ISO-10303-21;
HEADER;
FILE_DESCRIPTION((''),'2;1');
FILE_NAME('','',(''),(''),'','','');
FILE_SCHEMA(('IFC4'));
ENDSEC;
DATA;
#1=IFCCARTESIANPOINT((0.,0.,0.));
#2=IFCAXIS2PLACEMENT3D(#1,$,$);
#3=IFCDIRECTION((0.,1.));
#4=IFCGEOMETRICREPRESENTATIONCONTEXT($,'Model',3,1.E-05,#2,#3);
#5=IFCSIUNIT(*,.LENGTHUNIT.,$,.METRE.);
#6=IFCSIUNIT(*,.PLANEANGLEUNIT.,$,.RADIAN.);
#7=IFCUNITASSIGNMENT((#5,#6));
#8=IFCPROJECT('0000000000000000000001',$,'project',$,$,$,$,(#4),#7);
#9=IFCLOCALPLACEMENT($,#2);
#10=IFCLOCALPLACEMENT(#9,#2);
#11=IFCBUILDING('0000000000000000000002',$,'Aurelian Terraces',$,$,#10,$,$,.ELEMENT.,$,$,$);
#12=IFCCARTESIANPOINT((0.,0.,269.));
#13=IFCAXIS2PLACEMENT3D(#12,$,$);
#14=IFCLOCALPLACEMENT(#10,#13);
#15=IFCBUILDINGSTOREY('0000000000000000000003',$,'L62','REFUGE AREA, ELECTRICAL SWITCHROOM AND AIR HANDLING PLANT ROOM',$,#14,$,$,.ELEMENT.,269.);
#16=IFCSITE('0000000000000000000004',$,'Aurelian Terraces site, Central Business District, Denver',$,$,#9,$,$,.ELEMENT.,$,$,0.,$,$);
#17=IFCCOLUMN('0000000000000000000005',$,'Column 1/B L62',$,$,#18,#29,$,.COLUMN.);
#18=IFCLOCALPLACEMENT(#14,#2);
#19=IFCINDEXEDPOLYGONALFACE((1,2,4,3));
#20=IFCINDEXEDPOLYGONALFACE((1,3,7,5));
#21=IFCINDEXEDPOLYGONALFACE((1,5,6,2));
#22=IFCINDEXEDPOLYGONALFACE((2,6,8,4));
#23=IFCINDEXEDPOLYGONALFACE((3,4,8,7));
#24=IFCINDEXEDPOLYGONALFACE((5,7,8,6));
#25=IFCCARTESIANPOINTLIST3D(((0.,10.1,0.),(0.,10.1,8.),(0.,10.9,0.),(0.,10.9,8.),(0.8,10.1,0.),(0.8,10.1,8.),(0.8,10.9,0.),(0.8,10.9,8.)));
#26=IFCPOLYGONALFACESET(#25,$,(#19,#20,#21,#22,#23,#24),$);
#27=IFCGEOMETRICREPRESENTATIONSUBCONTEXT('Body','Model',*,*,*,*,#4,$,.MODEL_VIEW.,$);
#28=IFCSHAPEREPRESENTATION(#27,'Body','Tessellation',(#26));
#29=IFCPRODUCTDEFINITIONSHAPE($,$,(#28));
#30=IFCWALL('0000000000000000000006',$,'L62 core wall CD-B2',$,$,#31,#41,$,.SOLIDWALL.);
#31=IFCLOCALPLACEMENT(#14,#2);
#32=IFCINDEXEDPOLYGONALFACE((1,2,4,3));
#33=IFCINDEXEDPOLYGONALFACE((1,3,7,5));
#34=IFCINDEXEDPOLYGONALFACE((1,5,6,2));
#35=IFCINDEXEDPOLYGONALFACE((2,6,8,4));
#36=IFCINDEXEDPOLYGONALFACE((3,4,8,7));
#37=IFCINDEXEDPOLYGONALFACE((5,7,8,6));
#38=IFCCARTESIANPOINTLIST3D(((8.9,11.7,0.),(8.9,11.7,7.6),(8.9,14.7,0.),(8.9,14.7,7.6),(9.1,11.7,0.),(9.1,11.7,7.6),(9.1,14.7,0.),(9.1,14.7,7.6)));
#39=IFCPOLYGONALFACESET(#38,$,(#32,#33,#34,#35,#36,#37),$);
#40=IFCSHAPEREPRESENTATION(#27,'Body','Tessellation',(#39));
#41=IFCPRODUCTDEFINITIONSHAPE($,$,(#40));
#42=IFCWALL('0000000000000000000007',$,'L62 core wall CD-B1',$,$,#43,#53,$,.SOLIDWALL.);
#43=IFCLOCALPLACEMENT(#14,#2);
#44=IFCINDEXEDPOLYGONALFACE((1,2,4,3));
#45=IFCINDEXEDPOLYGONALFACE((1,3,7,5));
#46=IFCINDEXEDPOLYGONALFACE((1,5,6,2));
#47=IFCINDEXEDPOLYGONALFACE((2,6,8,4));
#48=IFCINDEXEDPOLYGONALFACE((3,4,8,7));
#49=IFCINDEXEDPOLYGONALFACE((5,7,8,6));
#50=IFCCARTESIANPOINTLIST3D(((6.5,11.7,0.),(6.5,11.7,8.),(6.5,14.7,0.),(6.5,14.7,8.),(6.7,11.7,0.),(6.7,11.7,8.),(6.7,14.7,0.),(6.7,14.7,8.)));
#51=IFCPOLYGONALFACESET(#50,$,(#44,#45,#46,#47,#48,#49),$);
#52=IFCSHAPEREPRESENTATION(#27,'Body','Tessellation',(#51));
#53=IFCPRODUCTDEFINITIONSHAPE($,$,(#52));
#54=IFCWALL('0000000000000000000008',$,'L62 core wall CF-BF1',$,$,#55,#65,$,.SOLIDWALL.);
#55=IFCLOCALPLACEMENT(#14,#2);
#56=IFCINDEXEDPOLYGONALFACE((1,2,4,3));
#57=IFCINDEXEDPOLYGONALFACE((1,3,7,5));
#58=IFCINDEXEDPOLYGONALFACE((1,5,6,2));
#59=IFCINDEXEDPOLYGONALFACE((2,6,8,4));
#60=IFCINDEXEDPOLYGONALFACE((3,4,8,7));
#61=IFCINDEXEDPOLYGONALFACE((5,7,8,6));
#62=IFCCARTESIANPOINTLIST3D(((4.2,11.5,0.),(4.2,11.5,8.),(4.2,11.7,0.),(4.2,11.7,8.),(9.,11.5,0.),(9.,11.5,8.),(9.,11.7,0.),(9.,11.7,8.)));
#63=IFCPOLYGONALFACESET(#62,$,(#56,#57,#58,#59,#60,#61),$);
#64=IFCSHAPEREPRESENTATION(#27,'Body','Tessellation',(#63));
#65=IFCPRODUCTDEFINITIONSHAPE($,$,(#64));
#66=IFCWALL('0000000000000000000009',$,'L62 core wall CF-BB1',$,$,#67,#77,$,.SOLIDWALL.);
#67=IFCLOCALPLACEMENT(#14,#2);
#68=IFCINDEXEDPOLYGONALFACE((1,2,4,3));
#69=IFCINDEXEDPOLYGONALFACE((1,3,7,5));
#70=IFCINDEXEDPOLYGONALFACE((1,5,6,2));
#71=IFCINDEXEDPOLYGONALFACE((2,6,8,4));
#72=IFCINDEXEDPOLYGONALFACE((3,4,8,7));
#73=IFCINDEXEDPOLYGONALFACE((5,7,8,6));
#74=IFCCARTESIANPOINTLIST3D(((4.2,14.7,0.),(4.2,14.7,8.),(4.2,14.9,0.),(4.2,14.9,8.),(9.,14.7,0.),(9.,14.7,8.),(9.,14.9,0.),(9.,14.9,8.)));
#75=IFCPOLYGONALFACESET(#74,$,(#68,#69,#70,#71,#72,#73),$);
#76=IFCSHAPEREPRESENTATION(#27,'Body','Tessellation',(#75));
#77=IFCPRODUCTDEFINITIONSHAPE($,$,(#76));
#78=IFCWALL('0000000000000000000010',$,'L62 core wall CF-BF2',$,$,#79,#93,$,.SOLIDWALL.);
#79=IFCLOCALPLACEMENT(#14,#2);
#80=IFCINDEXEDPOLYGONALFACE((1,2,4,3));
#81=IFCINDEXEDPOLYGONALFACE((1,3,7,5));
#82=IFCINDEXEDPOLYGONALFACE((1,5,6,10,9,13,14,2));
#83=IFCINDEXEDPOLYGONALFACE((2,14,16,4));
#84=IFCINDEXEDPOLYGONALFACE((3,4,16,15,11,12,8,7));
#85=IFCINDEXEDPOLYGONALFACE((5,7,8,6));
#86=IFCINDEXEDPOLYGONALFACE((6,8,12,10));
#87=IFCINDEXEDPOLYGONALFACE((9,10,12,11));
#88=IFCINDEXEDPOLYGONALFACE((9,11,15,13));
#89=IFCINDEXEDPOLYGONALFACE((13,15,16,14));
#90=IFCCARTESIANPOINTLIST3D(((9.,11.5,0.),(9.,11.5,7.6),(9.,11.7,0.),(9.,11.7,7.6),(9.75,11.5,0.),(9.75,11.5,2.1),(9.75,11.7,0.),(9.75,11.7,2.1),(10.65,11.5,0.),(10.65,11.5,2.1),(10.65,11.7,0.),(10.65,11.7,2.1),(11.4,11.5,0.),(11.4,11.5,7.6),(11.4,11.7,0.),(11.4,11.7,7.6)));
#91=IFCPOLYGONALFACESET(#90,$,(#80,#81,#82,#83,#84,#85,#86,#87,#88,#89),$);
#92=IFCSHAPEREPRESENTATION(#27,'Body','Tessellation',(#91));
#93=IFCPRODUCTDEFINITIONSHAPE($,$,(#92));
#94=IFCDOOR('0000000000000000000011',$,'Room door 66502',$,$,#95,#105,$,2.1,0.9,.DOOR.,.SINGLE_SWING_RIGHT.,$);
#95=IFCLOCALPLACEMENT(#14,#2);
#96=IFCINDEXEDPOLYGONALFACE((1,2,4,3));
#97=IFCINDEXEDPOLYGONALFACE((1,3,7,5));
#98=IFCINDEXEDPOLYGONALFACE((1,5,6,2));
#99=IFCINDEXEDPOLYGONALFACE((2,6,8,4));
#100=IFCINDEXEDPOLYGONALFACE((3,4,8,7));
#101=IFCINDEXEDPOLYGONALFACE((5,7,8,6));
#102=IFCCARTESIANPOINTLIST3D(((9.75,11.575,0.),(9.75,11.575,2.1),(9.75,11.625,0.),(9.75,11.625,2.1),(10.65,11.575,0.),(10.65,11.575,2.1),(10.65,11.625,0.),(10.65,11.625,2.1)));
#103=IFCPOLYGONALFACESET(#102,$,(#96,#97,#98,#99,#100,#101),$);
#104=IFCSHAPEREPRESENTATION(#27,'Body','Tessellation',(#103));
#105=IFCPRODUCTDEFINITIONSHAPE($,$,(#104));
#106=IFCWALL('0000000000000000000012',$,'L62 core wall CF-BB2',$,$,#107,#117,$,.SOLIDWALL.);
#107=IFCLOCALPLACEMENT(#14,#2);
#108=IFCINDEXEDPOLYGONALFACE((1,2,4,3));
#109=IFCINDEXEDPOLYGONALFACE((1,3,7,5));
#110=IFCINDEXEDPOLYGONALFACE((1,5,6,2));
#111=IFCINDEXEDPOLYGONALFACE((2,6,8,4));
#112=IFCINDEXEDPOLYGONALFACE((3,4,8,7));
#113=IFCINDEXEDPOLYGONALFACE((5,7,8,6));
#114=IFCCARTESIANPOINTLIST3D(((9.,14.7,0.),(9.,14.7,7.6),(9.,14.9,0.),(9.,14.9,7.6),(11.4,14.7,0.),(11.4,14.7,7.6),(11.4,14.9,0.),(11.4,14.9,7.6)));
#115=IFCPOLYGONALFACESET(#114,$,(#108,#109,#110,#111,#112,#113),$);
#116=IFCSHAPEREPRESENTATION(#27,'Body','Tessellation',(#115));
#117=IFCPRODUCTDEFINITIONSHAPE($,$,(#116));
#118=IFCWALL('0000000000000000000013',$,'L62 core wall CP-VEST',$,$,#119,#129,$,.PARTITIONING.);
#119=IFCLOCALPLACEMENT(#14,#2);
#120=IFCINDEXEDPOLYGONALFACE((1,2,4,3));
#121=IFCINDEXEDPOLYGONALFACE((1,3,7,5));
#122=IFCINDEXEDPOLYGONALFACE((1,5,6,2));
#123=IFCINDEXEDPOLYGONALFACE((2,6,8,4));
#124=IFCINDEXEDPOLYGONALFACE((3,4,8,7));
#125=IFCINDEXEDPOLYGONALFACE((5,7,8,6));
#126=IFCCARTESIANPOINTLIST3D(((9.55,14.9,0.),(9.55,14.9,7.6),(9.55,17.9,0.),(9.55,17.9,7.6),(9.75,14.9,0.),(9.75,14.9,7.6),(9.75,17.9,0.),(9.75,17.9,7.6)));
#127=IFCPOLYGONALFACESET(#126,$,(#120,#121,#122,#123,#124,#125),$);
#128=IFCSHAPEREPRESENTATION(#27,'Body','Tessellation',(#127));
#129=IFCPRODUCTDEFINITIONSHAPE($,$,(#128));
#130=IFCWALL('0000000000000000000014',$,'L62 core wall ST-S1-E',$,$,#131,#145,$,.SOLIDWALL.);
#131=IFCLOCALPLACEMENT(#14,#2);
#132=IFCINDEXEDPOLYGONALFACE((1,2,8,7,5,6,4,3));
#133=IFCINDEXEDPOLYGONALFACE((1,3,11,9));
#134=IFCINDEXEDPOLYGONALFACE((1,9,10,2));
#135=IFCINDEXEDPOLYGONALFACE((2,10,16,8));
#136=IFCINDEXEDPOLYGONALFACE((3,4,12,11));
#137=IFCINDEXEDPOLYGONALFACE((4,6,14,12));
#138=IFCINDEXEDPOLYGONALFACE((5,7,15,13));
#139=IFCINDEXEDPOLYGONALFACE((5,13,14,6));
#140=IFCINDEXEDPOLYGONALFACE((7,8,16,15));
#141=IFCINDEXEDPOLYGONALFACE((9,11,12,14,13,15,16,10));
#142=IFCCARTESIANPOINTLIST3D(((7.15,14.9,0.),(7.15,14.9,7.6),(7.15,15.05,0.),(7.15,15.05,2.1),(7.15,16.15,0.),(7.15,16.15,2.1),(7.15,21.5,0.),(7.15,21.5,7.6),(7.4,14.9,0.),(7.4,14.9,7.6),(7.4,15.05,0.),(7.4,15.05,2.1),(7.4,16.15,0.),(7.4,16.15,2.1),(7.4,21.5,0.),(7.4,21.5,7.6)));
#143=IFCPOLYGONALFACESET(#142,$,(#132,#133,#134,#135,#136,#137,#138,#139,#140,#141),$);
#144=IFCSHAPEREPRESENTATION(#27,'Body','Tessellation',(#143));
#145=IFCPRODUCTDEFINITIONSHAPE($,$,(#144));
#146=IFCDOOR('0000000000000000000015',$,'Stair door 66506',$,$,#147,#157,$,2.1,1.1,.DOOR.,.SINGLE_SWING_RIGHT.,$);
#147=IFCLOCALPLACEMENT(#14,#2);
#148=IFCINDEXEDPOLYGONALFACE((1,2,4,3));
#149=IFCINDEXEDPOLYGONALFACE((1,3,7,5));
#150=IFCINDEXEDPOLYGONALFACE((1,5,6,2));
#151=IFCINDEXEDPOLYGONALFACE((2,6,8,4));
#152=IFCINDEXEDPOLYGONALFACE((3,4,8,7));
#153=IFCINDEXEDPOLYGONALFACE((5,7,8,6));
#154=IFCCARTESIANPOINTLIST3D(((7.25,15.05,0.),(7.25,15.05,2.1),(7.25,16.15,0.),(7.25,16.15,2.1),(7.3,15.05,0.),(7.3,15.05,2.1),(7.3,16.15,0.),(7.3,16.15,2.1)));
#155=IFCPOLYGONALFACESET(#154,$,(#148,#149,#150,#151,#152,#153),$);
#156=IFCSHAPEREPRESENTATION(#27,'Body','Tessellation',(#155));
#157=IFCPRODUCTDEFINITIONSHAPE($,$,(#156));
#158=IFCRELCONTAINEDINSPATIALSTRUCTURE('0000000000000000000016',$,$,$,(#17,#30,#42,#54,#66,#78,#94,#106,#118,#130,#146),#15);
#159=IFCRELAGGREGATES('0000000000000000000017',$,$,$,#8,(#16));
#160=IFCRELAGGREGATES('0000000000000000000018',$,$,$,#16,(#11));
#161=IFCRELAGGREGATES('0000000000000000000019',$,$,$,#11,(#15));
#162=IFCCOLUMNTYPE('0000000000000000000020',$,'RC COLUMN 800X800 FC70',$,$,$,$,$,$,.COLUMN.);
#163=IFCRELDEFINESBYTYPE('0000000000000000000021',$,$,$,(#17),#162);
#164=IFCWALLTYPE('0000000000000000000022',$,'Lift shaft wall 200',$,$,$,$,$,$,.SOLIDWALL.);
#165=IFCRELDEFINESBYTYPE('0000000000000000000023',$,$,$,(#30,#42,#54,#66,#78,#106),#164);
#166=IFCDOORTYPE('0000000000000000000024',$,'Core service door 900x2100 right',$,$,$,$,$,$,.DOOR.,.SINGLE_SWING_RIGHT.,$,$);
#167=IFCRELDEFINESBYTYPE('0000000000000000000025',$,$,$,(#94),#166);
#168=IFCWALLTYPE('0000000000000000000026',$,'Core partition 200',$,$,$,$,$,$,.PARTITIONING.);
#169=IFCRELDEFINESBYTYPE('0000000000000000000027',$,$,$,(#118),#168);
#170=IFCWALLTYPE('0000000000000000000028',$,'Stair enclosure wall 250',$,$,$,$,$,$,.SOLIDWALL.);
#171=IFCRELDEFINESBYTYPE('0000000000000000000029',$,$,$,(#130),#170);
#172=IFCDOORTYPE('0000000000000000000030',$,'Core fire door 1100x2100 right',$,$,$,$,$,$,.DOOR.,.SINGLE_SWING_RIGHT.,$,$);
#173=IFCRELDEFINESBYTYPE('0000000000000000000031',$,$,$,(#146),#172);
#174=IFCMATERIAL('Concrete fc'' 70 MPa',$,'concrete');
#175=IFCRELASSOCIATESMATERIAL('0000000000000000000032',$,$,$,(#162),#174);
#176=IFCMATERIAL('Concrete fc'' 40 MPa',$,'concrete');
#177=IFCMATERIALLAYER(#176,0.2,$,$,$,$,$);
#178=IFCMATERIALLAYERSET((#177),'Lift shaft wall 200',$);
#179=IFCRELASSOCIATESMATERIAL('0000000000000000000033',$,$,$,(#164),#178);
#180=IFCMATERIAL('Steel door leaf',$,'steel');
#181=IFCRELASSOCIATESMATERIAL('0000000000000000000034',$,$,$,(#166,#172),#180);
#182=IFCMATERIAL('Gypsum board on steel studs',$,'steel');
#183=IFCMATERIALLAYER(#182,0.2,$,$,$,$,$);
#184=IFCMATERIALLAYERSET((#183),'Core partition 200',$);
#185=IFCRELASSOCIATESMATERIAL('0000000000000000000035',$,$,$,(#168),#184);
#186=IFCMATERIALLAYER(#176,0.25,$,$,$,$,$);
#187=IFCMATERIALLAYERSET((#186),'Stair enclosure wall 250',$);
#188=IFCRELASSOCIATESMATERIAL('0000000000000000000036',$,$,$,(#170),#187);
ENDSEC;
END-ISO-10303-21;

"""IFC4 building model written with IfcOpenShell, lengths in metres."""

from ifc_helpers import new_model, si_unit, direction, frame, frame_2d, origin, origin_2d, place, context, subcontext, project, spatial, rectangle, extrude, source, transform, mapped, material, layer, layer_set, material_profile, profile_set, type_object, element, fill, save


model = new_model("IFC4")

# Units and contexts
model_context = context("Model", 3, precision=1e-05, world=origin(), true_north=direction((0.0, 1.0)))
body_context = subcontext(model_context, "Body", "Model", "MODEL_VIEW")
ifc_project = project(units=[si_unit("LENGTHUNIT", "METRE"), si_unit("PLANEANGLEUNIT", "RADIAN")], contexts=[model_context])

# Site, building, storey
site_placement = place(None, origin())
site = spatial("IfcSite", under=ifc_project, at=site_placement, Name="Aurelian Terraces site, Central Business District, Denver", CompositionType="ELEMENT", RefElevation=0.0)
building_placement = place(site_placement, origin())
building = spatial("IfcBuilding", under=site, at=building_placement, Name="Aurelian Terraces", CompositionType="ELEMENT")
storey_placement = place(building_placement, frame((0.0, 0.0, 269.0)))
storey = spatial("IfcBuildingStorey", under=building, at=storey_placement, Name="L62", Description="REFUGE AREA, ELECTRICAL SWITCHROOM AND AIR HANDLING PLANT ROOM", CompositionType="ELEMENT", Elevation=269.0)

# Column
ifc_material_1 = material(Name="Concrete fc' 70 MPa", Category="concrete")
ifc_material_profile = material_profile(ifc_material_1, rectangle(XDim=0.8, YDim=0.8, at=origin_2d()))
ifc_profile_set = profile_set([ifc_material_profile], Name="Concrete fc' 70 MPa")
column_type = type_object("IfcColumnType", Name="RC COLUMN 800X800 FC70", PredefinedType="COLUMN", material=ifc_profile_set)
shared_shape_1 = source(origin(), body_context, "Body", "SweptSolid", [
    extrude(rectangle(XDim=0.8, YDim=0.8, at=origin_2d()), origin(), (0.0, 0.0, 1.0), 8.0),
])
column_placement = place(storey_placement, frame((0.4, 10.5, 0.0), z_axis=(0.0, 0.0, 1.0), x_axis=(1.0, 0.0, 0.0)))
element("IfcColumn", 1, at=column_placement, inside=storey, type_object=column_type, Name="Column 1/B L62", PredefinedType="COLUMN", context=body_context, shape_type="MappedRepresentation", body=[
    mapped(shared_shape_1, transform((0.0, 0.0, 0.0), scale=1.0)),
])

# Walls
ifc_material_2 = material(Name="Concrete fc' 40 MPa", Category="concrete")
ifc_layer_1 = layer(ifc_material_2, 0.2)
ifc_layer_set_1 = layer_set([ifc_layer_1], Name="Lift shaft wall 200")
wall_type_1 = type_object("IfcWallType", Name="Lift shaft wall 200", PredefinedType="SOLIDWALL", material=ifc_layer_set_1)
shared_shape_2 = source(origin(), body_context, "Body", "SweptSolid", [
    extrude(rectangle(XDim=3.0, YDim=0.2, at=frame_2d((1.5, 0.0))), origin(), (0.0, 0.0, 1.0), 7.6),
])
wall_1_placement = place(storey_placement, frame((9.0, 11.7, 0.0), z_axis=(0.0, 0.0, 1.0), x_axis=(0.0, 1.0, 0.0)))
element("IfcWall", 2, at=wall_1_placement, inside=storey, type_object=wall_type_1, Name="L62 core wall CD-B2", PredefinedType="SOLIDWALL", context=body_context, shape_type="MappedRepresentation", body=[
    mapped(shared_shape_2, transform((0.0, 0.0, 0.0), scale=1.0)),
])
shared_shape_3 = source(origin(), body_context, "Body", "SweptSolid", [
    extrude(rectangle(XDim=3.0, YDim=0.2, at=frame_2d((1.5, 0.0))), origin(), (0.0, 0.0, 1.0), 8.0),
])
wall_2_placement = place(storey_placement, frame((6.6, 11.7, 0.0), z_axis=(0.0, 0.0, 1.0), x_axis=(0.0, 1.0, 0.0)))
element("IfcWall", 3, at=wall_2_placement, inside=storey, type_object=wall_type_1, Name="L62 core wall CD-B1", PredefinedType="SOLIDWALL", context=body_context, shape_type="MappedRepresentation", body=[
    mapped(shared_shape_3, transform((0.0, 0.0, 0.0), scale=1.0)),
])
shared_shape_4 = source(origin(), body_context, "Body", "SweptSolid", [
    extrude(rectangle(XDim=4.8, YDim=0.2, at=frame_2d((2.4, 0.0))), origin(), (0.0, 0.0, 1.0), 8.0),
])
for number, where, z_axis, x_axis, name in (
    (4, (4.2, 11.6, 0.0), (0.0, 0.0, 1.0), (1.0, 0.0, 0.0), "L62 core wall CF-BF1"),
    (5, (4.2, 14.8, 0.0), (0.0, 0.0, 1.0), (1.0, 0.0, 0.0), "L62 core wall CF-BB1"),
):
    element("IfcWall", number, at=place(storey_placement, frame(where, z_axis=z_axis, x_axis=x_axis)), inside=storey, type_object=wall_type_1, Name=name, PredefinedType="SOLIDWALL", context=body_context, shape_type="MappedRepresentation", body=[
        mapped(shared_shape_4, transform((0.0, 0.0, 0.0), scale=1.0)),
    ])

# Wall, opening, door
shared_shape_5 = source(origin(), body_context, "Body", "SweptSolid", [
    extrude(rectangle(XDim=2.4, YDim=0.2, at=frame_2d((1.2, 0.0))), origin(), (0.0, 0.0, 1.0), 7.6),
])
wall_3_placement = place(storey_placement, frame((9.0, 11.6, 0.0), z_axis=(0.0, 0.0, 1.0), x_axis=(1.0, 0.0, 0.0)))
wall_3 = element("IfcWall", 6, at=wall_3_placement, inside=storey, type_object=wall_type_1, Name="L62 core wall CF-BF2", PredefinedType="SOLIDWALL", context=body_context, shape_type="MappedRepresentation", body=[
    mapped(shared_shape_5, transform((0.0, 0.0, 0.0), scale=1.0)),
])
shared_shape_6 = source(origin(), body_context, "Body", "SweptSolid", [
    extrude(rectangle(XDim=0.9, YDim=2.1, at=frame_2d((0.45, 1.05))), frame((0.0, 0.11, 0.0), z_axis=(0.0, -1.0, 0.0), x_axis=(1.0, 0.0, 0.0)), (0.0, 0.0, 1.0), 0.22),
])
opening_1_placement = place(wall_3_placement, frame((0.75, 0.0, 0.0)))
opening_1 = element("IfcOpeningElement", 7, at=opening_1_placement, cuts=wall_3, PredefinedType="OPENING", context=body_context, shape_type="MappedRepresentation", body=[
    mapped(shared_shape_6, transform((0.0, 0.0, 0.0), scale=1.0)),
])
ifc_material_3 = material(Name="Steel door leaf", Category="steel")
door_type_1 = type_object("IfcDoorType", Name="Core service door 900x2100 right", OperationType="SINGLE_SWING_RIGHT", PredefinedType="DOOR", material=ifc_material_3)
shared_shape_7 = source(origin(), body_context, "Body", "SweptSolid", [
    extrude(rectangle(XDim=0.9, YDim=2.1, at=frame_2d((0.45, 1.05))), frame((0.0, 0.025, 0.0), z_axis=(0.0, -1.0, 0.0), x_axis=(1.0, 0.0, 0.0)), (0.0, 0.0, 1.0), 0.05),
])
door_1_placement = place(opening_1_placement, origin())
door_1 = element("IfcDoor", 8, at=door_1_placement, inside=storey, type_object=door_type_1, Name="Room door 66502", OperationType="SINGLE_SWING_RIGHT", OverallHeight=2.1, OverallWidth=0.9, PredefinedType="DOOR", context=body_context, shape_type="MappedRepresentation", body=[
    mapped(shared_shape_7, transform((0.0, 0.0, 0.0), scale=1.0)),
])
fill(opening_1, door_1)

# Walls
wall_4_placement = place(storey_placement, frame((9.0, 14.8, 0.0), z_axis=(0.0, 0.0, 1.0), x_axis=(1.0, 0.0, 0.0)))
element("IfcWall", 9, at=wall_4_placement, inside=storey, type_object=wall_type_1, Name="L62 core wall CF-BB2", PredefinedType="SOLIDWALL", context=body_context, shape_type="MappedRepresentation", body=[
    mapped(shared_shape_5, transform((0.0, 0.0, 0.0), scale=1.0)),
])
ifc_material_4 = material(Name="Gypsum board on steel studs", Category="steel")
ifc_layer_2 = layer(ifc_material_4, 0.2)
ifc_layer_set_2 = layer_set([ifc_layer_2], Name="Core partition 200")
wall_type_2 = type_object("IfcWallType", Name="Core partition 200", PredefinedType="PARTITIONING", material=ifc_layer_set_2)
shared_shape_8 = source(origin(), body_context, "Body", "SweptSolid", [
    extrude(rectangle(XDim=3.0, YDim=0.2, at=frame_2d((1.5, 0.0))), origin(), (0.0, 0.0, 1.0), 7.6),
])
wall_5_placement = place(storey_placement, frame((9.65, 14.9, 0.0), z_axis=(0.0, 0.0, 1.0), x_axis=(0.0, 1.0, 0.0)))
element("IfcWall", 10, at=wall_5_placement, inside=storey, type_object=wall_type_2, Name="L62 core wall CP-VEST", PredefinedType="PARTITIONING", context=body_context, shape_type="MappedRepresentation", body=[
    mapped(shared_shape_8, transform((0.0, 0.0, 0.0), scale=1.0)),
])

# Wall, opening, door
ifc_layer_3 = layer(ifc_material_2, 0.25)
ifc_layer_set_3 = layer_set([ifc_layer_3], Name="Stair enclosure wall 250")
wall_type_3 = type_object("IfcWallType", Name="Stair enclosure wall 250", PredefinedType="SOLIDWALL", material=ifc_layer_set_3)
shared_shape_9 = source(origin(), body_context, "Body", "SweptSolid", [
    extrude(rectangle(XDim=6.6, YDim=0.25, at=frame_2d((3.3, 0.0))), origin(), (0.0, 0.0, 1.0), 7.6),
])
wall_6_placement = place(storey_placement, frame((7.275, 14.9, 0.0), z_axis=(0.0, 0.0, 1.0), x_axis=(0.0, 1.0, 0.0)))
wall_6 = element("IfcWall", 11, at=wall_6_placement, inside=storey, type_object=wall_type_3, Name="L62 core wall ST-S1-E", PredefinedType="SOLIDWALL", context=body_context, shape_type="MappedRepresentation", body=[
    mapped(shared_shape_9, transform((0.0, 0.0, 0.0), scale=1.0)),
])
shared_shape_10 = source(origin(), body_context, "Body", "SweptSolid", [
    extrude(rectangle(XDim=1.1, YDim=2.1, at=frame_2d((0.55, 1.05))), frame((0.0, 0.135, 0.0), z_axis=(0.0, -1.0, 0.0), x_axis=(1.0, 0.0, 0.0)), (0.0, 0.0, 1.0), 0.27),
])
opening_2_placement = place(wall_6_placement, frame((0.15, 0.0, 0.0)))
opening_2 = element("IfcOpeningElement", 12, at=opening_2_placement, cuts=wall_6, PredefinedType="OPENING", context=body_context, shape_type="MappedRepresentation", body=[
    mapped(shared_shape_10, transform((0.0, 0.0, 0.0), scale=1.0)),
])
door_type_2 = type_object("IfcDoorType", Name="Core fire door 1100x2100 right", OperationType="SINGLE_SWING_RIGHT", PredefinedType="DOOR", material=ifc_material_3)
shared_shape_11 = source(origin(), body_context, "Body", "SweptSolid", [
    extrude(rectangle(XDim=1.1, YDim=2.1, at=frame_2d((0.55, 1.05))), frame((0.0, 0.025, 0.0), z_axis=(0.0, -1.0, 0.0), x_axis=(1.0, 0.0, 0.0)), (0.0, 0.0, 1.0), 0.05),
])
door_2_placement = place(opening_2_placement, origin())
door_2 = element("IfcDoor", 13, at=door_2_placement, inside=storey, type_object=door_type_2, Name="Stair door 66506", OperationType="SINGLE_SWING_RIGHT", OverallHeight=2.1, OverallWidth=1.1, PredefinedType="DOOR", context=body_context, shape_type="MappedRepresentation", body=[
    mapped(shared_shape_11, transform((0.0, 0.0, 0.0), scale=1.0)),
])
fill(opening_2, door_2)

save(model, "model.ifc")
